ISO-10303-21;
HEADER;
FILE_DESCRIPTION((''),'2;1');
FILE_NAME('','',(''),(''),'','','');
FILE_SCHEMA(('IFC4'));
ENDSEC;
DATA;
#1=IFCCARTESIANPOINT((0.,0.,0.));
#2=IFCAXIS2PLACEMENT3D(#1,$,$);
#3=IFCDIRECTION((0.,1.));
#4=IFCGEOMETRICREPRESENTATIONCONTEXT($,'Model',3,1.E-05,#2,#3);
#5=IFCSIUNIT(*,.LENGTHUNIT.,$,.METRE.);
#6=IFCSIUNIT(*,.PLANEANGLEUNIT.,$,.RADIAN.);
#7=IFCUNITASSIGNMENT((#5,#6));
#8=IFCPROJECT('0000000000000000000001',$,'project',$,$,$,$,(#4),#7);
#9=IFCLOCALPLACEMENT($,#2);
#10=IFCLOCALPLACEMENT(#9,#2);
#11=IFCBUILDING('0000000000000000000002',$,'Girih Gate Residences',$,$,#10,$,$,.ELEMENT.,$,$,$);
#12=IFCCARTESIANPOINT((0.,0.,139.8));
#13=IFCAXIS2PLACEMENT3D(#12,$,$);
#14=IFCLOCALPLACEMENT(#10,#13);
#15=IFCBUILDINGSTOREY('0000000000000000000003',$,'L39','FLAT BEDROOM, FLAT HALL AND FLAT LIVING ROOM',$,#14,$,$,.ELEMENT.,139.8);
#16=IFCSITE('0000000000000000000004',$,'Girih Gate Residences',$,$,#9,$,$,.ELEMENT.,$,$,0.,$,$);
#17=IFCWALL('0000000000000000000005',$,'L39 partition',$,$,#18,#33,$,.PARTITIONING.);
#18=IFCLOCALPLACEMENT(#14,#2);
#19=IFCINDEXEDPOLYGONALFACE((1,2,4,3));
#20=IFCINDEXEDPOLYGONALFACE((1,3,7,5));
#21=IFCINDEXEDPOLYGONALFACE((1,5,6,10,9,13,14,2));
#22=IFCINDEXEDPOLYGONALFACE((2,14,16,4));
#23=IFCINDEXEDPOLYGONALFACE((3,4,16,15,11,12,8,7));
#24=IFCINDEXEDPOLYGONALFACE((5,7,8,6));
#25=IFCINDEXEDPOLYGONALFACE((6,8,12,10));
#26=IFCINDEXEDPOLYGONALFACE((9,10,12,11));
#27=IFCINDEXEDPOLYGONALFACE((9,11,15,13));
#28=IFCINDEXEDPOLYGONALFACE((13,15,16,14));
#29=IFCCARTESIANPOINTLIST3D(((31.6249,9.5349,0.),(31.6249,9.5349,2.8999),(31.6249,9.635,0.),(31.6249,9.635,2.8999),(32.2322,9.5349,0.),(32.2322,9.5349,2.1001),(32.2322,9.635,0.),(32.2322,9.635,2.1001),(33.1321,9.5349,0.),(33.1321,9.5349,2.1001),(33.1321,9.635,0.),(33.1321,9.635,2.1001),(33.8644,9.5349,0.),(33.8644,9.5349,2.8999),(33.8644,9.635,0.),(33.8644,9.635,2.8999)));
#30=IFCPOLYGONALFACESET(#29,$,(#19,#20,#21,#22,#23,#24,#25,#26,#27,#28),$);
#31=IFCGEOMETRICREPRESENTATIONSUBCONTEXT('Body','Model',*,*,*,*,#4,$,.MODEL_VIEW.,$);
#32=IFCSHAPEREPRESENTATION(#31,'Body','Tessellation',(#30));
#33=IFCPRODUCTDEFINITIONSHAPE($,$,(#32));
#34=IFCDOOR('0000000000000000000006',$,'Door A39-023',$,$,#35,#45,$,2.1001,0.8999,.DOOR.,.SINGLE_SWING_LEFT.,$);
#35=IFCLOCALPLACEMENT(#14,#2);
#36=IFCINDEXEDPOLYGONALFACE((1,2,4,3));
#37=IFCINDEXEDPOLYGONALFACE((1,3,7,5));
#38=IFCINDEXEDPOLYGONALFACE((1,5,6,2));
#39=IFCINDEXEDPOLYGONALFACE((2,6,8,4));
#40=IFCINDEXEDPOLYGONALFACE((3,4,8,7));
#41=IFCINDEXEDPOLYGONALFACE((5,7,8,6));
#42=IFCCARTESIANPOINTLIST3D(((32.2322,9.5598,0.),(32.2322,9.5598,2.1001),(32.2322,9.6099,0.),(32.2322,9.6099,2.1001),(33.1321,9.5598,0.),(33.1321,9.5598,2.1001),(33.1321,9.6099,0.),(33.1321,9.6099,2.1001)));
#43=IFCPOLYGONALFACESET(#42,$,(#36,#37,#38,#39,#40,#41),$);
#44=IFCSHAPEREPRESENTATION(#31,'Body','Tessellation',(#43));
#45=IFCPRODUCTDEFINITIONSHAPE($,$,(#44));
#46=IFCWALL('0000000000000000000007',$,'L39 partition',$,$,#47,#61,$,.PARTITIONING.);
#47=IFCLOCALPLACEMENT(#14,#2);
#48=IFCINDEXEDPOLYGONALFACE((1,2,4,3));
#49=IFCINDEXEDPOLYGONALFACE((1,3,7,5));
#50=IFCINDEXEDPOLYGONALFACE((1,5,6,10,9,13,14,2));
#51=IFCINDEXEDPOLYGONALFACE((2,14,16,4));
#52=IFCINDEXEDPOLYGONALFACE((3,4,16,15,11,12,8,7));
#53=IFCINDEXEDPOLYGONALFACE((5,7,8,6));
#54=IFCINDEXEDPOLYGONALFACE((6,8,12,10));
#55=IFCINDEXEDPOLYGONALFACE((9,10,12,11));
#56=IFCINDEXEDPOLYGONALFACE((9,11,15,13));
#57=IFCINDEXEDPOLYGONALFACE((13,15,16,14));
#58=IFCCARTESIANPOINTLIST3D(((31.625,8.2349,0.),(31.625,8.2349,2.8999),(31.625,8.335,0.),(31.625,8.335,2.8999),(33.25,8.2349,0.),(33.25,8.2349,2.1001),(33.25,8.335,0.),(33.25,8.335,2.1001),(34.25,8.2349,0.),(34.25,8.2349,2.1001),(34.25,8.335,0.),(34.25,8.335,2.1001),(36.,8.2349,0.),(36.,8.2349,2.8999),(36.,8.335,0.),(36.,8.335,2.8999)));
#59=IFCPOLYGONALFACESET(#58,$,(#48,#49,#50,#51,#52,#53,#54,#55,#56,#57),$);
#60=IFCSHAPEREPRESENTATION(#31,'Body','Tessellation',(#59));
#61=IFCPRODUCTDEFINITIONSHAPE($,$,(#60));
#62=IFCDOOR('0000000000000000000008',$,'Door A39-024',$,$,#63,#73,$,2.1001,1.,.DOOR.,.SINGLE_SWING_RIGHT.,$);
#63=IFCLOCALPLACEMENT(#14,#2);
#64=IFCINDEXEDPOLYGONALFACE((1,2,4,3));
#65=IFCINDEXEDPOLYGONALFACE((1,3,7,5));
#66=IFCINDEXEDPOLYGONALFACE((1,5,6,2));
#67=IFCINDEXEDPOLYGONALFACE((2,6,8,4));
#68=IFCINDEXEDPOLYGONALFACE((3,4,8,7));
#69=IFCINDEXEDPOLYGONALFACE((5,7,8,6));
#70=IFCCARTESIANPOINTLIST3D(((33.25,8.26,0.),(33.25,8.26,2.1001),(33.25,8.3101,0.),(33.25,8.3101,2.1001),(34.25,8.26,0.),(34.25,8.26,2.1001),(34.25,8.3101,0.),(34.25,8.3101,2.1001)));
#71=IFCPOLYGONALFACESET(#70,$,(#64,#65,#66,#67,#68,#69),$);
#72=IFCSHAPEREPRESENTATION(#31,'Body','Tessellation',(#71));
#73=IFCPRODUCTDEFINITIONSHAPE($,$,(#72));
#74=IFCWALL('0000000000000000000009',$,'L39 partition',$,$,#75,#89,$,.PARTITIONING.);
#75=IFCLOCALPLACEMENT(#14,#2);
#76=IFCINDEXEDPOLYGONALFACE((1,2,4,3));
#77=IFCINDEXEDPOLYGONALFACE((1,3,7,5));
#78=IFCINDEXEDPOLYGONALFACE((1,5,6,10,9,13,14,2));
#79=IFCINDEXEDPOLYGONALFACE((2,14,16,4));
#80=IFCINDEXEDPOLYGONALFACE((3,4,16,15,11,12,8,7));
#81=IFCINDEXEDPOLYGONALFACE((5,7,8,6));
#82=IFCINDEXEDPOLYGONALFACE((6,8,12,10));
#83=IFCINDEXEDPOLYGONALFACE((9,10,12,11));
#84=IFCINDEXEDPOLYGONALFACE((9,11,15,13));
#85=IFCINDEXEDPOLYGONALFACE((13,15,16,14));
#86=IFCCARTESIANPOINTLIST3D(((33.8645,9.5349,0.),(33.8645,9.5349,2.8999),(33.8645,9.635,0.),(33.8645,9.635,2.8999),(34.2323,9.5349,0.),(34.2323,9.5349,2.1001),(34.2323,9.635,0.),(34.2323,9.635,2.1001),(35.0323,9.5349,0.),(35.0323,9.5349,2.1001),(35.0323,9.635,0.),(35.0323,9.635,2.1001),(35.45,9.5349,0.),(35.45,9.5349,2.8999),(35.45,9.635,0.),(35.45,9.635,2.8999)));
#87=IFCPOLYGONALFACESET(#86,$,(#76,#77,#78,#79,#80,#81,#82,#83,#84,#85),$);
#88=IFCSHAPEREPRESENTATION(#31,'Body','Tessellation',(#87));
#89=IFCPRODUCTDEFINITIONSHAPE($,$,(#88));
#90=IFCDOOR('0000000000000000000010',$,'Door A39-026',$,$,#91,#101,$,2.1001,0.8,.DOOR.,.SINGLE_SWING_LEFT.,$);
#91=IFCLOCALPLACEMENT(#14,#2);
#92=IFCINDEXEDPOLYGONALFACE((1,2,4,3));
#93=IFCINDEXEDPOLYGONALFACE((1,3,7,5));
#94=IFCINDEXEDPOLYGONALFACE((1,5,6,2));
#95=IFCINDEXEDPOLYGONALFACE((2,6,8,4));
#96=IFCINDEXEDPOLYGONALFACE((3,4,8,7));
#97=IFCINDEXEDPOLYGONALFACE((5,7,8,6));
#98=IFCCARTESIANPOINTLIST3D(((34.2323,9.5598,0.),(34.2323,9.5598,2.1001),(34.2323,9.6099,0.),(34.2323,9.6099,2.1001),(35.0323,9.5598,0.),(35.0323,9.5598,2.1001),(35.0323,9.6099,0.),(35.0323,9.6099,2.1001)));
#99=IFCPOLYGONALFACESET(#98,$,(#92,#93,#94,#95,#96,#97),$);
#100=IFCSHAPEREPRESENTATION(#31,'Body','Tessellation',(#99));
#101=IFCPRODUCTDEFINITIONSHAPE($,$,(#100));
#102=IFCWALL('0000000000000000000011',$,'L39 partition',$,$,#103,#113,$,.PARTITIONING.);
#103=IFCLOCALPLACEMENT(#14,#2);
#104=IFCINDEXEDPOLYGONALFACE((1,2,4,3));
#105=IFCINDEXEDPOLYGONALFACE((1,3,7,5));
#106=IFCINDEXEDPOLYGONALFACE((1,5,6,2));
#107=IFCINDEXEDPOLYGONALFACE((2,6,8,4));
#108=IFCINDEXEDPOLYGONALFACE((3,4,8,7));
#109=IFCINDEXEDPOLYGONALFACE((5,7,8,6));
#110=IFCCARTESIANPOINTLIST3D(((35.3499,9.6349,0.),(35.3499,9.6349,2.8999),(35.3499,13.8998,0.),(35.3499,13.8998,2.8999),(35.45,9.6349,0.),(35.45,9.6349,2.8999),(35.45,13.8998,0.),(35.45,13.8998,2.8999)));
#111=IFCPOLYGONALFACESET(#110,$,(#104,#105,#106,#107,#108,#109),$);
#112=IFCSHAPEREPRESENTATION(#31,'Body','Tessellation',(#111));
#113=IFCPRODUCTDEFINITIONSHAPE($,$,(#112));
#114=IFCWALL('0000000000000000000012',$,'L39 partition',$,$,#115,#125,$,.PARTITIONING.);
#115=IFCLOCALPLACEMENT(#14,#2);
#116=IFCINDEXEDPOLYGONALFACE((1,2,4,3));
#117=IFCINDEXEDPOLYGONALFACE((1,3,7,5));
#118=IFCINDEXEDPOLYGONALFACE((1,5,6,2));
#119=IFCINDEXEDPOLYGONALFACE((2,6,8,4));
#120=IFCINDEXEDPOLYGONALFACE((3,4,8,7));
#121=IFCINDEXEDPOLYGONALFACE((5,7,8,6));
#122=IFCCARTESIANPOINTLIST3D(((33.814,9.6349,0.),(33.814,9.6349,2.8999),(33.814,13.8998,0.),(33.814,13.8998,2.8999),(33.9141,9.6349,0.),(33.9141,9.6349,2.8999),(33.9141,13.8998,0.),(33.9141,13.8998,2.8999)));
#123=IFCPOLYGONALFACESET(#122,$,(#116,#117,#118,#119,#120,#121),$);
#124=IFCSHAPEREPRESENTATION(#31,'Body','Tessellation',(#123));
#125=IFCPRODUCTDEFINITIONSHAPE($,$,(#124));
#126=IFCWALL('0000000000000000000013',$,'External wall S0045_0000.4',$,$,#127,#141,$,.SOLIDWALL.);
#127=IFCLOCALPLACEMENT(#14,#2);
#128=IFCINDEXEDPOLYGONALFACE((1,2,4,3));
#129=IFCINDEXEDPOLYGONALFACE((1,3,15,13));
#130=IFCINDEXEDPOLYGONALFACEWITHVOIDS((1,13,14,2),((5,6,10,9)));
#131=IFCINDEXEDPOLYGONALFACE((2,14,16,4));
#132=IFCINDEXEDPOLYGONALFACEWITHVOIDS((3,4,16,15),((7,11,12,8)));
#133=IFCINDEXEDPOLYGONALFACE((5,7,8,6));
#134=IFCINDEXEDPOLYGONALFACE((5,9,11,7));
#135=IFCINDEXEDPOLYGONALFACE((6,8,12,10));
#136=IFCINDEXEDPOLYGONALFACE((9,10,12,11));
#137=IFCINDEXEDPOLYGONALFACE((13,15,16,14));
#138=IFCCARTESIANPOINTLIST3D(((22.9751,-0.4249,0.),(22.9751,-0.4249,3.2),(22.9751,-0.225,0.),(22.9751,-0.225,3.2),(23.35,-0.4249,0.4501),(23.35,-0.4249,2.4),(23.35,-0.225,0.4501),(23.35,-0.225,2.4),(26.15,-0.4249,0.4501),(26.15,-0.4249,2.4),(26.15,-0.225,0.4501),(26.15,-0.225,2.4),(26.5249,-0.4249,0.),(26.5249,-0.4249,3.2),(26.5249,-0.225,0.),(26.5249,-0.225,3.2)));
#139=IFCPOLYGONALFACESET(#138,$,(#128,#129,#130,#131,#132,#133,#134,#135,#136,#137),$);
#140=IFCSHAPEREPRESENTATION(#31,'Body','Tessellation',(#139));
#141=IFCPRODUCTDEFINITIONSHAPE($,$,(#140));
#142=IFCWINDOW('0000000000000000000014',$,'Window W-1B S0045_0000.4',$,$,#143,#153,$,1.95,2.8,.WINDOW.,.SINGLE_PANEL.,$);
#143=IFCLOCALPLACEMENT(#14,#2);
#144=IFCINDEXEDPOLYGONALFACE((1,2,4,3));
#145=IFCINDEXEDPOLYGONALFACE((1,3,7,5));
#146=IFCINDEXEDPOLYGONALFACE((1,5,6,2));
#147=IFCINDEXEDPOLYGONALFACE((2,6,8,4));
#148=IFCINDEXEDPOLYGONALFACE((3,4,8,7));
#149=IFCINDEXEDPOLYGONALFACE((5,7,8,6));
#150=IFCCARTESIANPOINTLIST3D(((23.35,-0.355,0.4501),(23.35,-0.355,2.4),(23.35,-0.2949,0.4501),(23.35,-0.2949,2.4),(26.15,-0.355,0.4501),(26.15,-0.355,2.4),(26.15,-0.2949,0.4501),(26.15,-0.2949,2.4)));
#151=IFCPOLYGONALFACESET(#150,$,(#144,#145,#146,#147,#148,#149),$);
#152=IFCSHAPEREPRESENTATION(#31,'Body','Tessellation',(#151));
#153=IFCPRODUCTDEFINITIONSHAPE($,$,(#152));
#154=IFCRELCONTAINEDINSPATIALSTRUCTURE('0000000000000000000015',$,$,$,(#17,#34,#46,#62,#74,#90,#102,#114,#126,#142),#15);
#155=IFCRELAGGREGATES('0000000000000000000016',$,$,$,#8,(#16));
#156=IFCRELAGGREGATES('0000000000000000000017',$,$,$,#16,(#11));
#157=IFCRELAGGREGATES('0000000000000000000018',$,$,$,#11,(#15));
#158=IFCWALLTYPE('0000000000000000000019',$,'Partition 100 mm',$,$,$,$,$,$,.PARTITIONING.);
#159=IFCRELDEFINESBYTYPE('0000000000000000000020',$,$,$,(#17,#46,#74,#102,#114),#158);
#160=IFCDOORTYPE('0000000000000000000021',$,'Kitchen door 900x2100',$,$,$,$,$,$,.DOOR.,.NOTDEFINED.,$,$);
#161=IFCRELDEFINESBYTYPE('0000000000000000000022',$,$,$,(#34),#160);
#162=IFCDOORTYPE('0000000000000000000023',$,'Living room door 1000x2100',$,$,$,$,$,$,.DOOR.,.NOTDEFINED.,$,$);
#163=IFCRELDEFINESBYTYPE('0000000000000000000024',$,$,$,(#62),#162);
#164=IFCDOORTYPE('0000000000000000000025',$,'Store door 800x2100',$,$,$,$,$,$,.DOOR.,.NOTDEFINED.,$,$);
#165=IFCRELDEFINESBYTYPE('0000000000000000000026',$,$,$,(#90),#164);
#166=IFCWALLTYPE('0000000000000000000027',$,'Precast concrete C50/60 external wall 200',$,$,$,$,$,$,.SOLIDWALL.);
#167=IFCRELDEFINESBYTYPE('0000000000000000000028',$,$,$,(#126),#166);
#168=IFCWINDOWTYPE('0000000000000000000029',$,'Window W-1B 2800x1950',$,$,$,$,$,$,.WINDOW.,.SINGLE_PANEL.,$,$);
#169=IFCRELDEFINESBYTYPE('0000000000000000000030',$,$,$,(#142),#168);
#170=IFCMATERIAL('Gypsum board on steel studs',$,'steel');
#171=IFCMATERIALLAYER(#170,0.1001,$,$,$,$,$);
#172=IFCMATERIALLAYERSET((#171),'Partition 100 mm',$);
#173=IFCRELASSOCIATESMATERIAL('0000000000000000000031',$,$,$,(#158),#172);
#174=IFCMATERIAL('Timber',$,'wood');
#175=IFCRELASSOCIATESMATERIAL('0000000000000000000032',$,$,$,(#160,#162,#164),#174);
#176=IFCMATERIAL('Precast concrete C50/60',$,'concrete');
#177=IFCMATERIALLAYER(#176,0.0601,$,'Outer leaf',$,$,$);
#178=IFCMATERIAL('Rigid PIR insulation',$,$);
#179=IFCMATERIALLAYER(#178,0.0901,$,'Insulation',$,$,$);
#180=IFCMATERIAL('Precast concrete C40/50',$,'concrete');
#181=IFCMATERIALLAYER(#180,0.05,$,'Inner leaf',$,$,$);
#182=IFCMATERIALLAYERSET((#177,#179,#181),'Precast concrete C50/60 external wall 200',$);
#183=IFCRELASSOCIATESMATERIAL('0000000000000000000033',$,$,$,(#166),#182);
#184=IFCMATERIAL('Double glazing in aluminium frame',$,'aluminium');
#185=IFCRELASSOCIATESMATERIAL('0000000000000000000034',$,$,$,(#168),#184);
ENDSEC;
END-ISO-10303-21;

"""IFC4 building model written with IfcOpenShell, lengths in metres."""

from ifc_helpers import new_model, si_unit, direction, frame, frame_2d, origin, place, context, subcontext, project, spatial, rectangle, extrude, material, layer, layer_set, type_object, element, fill, save


model = new_model("IFC4")

# Units and contexts
model_context = context("Model", 3, precision=1e-05, world=origin(), true_north=direction((0.0, 1.0)))
body_context = subcontext(model_context, "Body", "Model", "MODEL_VIEW")
ifc_project = project(units=[si_unit("LENGTHUNIT", "METRE"), si_unit("PLANEANGLEUNIT", "RADIAN")], contexts=[model_context])

# Site, building, storey
site_placement = place(None, origin())
site = spatial("IfcSite", under=ifc_project, at=site_placement, Name="Girih Gate Residences", CompositionType="ELEMENT", RefElevation=0.0)
building_placement = place(site_placement, origin())
building = spatial("IfcBuilding", under=site, at=building_placement, Name="Girih Gate Residences", CompositionType="ELEMENT")
storey_placement = place(building_placement, frame((0.0, 0.0, 139.8)))
storey = spatial("IfcBuildingStorey", under=building, at=storey_placement, Name="L39", Description="FLAT BEDROOM, FLAT HALL AND FLAT LIVING ROOM", CompositionType="ELEMENT", Elevation=139.8)

# Shared definitions
ifc_material_1 = material(Name="Gypsum board on steel studs", Category="steel")
ifc_layer_1 = layer(ifc_material_1, 0.1001)
ifc_layer_set_1 = layer_set([ifc_layer_1], Name="Partition 100 mm")
wall_type_1 = type_object("IfcWallType", Name="Partition 100 mm", PredefinedType="PARTITIONING", material=ifc_layer_set_1)

# Walls, openings, doors
wall_1_placement = place(storey_placement, frame((31.625, 9.585, 0.0), z_axis=(0.0, 0.0, 1.0), x_axis=(1.0, 0.0, 0.0)))
wall_1 = element("IfcWall", 1, at=wall_1_placement, inside=storey, type_object=wall_type_1, Name="L39 partition", PredefinedType="PARTITIONING", context=body_context, shape_type="SweptSolid", body=[
    extrude(rectangle(XDim=2.2395, YDim=0.1001, at=frame_2d((1.1196, 0.0))), origin(), (0.0, 0.0, 1.0), 2.8999),
])
opening_1_placement = place(wall_1_placement, frame((0.6072, 0.0, 0.0)))
opening_1 = element("IfcOpeningElement", 2, at=opening_1_placement, cuts=wall_1, PredefinedType="OPENING", context=body_context, shape_type="SweptSolid", body=[
    extrude(rectangle(XDim=0.8999, YDim=2.1001, at=frame_2d((0.45, 1.05))), frame((0.0, 0.0601, 0.0), z_axis=(0.0, -1.0, 0.0), x_axis=(1.0, 0.0, 0.0)), (0.0, 0.0, 1.0), 0.1201),
])
ifc_material_2 = material(Name="Timber", Category="wood")
door_type_1 = type_object("IfcDoorType", Name="Kitchen door 900x2100", OperationType="NOTDEFINED", PredefinedType="DOOR", material=ifc_material_2)
door_1_placement = place(opening_1_placement, origin())
door_1 = element("IfcDoor", 3, at=door_1_placement, inside=storey, type_object=door_type_1, Name="Door A39-023", OperationType="SINGLE_SWING_LEFT", OverallHeight=2.1001, OverallWidth=0.8999, PredefinedType="DOOR", context=body_context, shape_type="SweptSolid", body=[
    extrude(rectangle(XDim=0.8999, YDim=2.1001, at=frame_2d((0.45, 1.05))), frame((0.0, 0.0249, 0.0), z_axis=(0.0, -1.0, 0.0), x_axis=(1.0, 0.0, 0.0)), (0.0, 0.0, 1.0), 0.05),
])
fill(opening_1, door_1)
wall_2_placement = place(storey_placement, frame((36.0, 8.2849, 0.0), z_axis=(0.0, 0.0, 1.0), x_axis=(-1.0, 0.0, 0.0)))
wall_2 = element("IfcWall", 4, at=wall_2_placement, inside=storey, type_object=wall_type_1, Name="L39 partition", PredefinedType="PARTITIONING", context=body_context, shape_type="SweptSolid", body=[
    extrude(rectangle(XDim=4.375, YDim=0.1001, at=frame_2d((2.1875, 0.0))), origin(), (0.0, 0.0, 1.0), 2.8999),
])
opening_2_placement = place(wall_2_placement, frame((1.75, 0.0, 0.0)))
opening_2 = element("IfcOpeningElement", 5, at=opening_2_placement, cuts=wall_2, PredefinedType="OPENING", context=body_context, shape_type="SweptSolid", body=[
    extrude(rectangle(XDim=1.0, YDim=2.1001, at=frame_2d((0.5, 1.05))), frame((0.0, 0.0601, 0.0), z_axis=(0.0, -1.0, 0.0), x_axis=(1.0, 0.0, 0.0)), (0.0, 0.0, 1.0), 0.1201),
])
door_type_2 = type_object("IfcDoorType", Name="Living room door 1000x2100", OperationType="NOTDEFINED", PredefinedType="DOOR", material=ifc_material_2)
door_2_placement = place(opening_2_placement, origin())
door_2 = element("IfcDoor", 6, at=door_2_placement, inside=storey, type_object=door_type_2, Name="Door A39-024", OperationType="SINGLE_SWING_RIGHT", OverallHeight=2.1001, OverallWidth=1.0, PredefinedType="DOOR", context=body_context, shape_type="SweptSolid", body=[
    extrude(rectangle(XDim=1.0, YDim=2.1001, at=frame_2d((0.5, 1.05))), frame((0.0, 0.0249, 0.0), z_axis=(0.0, -1.0, 0.0), x_axis=(1.0, 0.0, 0.0)), (0.0, 0.0, 1.0), 0.05),
])
fill(opening_2, door_2)
wall_3_placement = place(storey_placement, frame((33.8645, 9.585, 0.0), z_axis=(0.0, 0.0, 1.0), x_axis=(1.0, 0.0, 0.0)))
wall_3 = element("IfcWall", 7, at=wall_3_placement, inside=storey, type_object=wall_type_1, Name="L39 partition", PredefinedType="PARTITIONING", context=body_context, shape_type="SweptSolid", body=[
    extrude(rectangle(XDim=1.5854, YDim=0.1001, at=frame_2d((0.7927, 0.0))), origin(), (0.0, 0.0, 1.0), 2.8999),
])
opening_3_placement = place(wall_3_placement, frame((0.3679, 0.0, 0.0)))
opening_3 = element("IfcOpeningElement", 8, at=opening_3_placement, cuts=wall_3, PredefinedType="OPENING", context=body_context, shape_type="SweptSolid", body=[
    extrude(rectangle(XDim=0.8, YDim=2.1001, at=frame_2d((0.3999, 1.05))), frame((0.0, 0.0601, 0.0), z_axis=(0.0, -1.0, 0.0), x_axis=(1.0, 0.0, 0.0)), (0.0, 0.0, 1.0), 0.1201),
])
door_type_3 = type_object("IfcDoorType", Name="Store door 800x2100", OperationType="NOTDEFINED", PredefinedType="DOOR", material=ifc_material_2)
door_3_placement = place(opening_3_placement, origin())
door_3 = element("IfcDoor", 9, at=door_3_placement, inside=storey, type_object=door_type_3, Name="Door A39-026", OperationType="SINGLE_SWING_LEFT", OverallHeight=2.1001, OverallWidth=0.8, PredefinedType="DOOR", context=body_context, shape_type="SweptSolid", body=[
    extrude(rectangle(XDim=0.8, YDim=2.1001, at=frame_2d((0.3999, 1.05))), frame((0.0, 0.0249, 0.0), z_axis=(0.0, -1.0, 0.0), x_axis=(1.0, 0.0, 0.0)), (0.0, 0.0, 1.0), 0.05),
])
fill(opening_3, door_3)

# Walls
for number, where, z_axis, x_axis, name in (
    (10, (35.3999, 9.635, 0.0), (0.0, 0.0, 1.0), (0.0, 1.0, 0.0), "L39 partition"),
    (11, (33.864, 9.635, 0.0), (0.0, 0.0, 1.0), (0.0, 1.0, 0.0), "L39 partition"),
):
    element("IfcWall", number, at=place(storey_placement, frame(where, z_axis=z_axis, x_axis=x_axis)), inside=storey, type_object=wall_type_1, Name=name, PredefinedType="PARTITIONING", context=body_context, shape_type="SweptSolid", body=[
        extrude(rectangle(XDim=4.2649, YDim=0.1001, at=frame_2d((2.1323, 0.0))), origin(), (0.0, 0.0, 1.0), 2.8999),
    ])

# Wall, opening, window
ifc_material_3 = material(Name="Precast concrete C50/60", Category="concrete")
ifc_layer_2 = layer(ifc_material_3, 0.0601, Name="Outer leaf")
ifc_material_4 = material(Name="Rigid PIR insulation")
ifc_layer_3 = layer(ifc_material_4, 0.0901, Name="Insulation")
ifc_material_5 = material(Name="Precast concrete C40/50", Category="concrete")
ifc_layer_4 = layer(ifc_material_5, 0.05, Name="Inner leaf")
ifc_layer_set_2 = layer_set([ifc_layer_2, ifc_layer_3, ifc_layer_4], Name="Precast concrete C50/60 external wall 200")
wall_type_2 = type_object("IfcWallType", Name="Precast concrete C50/60 external wall 200", PredefinedType="SOLIDWALL", material=ifc_layer_set_2)
wall_4_placement = place(storey_placement, frame((26.5249, -0.325, 0.0), z_axis=(0.0, 0.0, 1.0), x_axis=(-1.0, 0.0, 0.0)))
wall_4 = element("IfcWall", 12, at=wall_4_placement, inside=storey, type_object=wall_type_2, Name="External wall S0045_0000.4", PredefinedType="SOLIDWALL", context=body_context, shape_type="SweptSolid", body=[
    extrude(rectangle(XDim=3.5498, YDim=0.2, at=frame_2d((1.7749, 0.0))), origin(), (0.0, 0.0, 1.0), 3.2),
])
opening_4_placement = place(wall_4_placement, frame((0.375, 0.0, 0.45)))
opening_4 = element("IfcOpeningElement", 13, at=opening_4_placement, cuts=wall_4, PredefinedType="OPENING", context=body_context, shape_type="SweptSolid", body=[
    extrude(rectangle(XDim=2.8, YDim=1.95, at=frame_2d((1.3999, 0.9751))), frame((0.0, 0.1099, 0.0), z_axis=(0.0, -1.0, 0.0), x_axis=(1.0, 0.0, 0.0)), (0.0, 0.0, 1.0), 0.22),
])
ifc_material_6 = material(Name="Double glazing in aluminium frame", Category="aluminium")
window_type = type_object("IfcWindowType", Name="Window W-1B 2800x1950", PartitioningType="SINGLE_PANEL", PredefinedType="WINDOW", material=ifc_material_6)
window_1_placement = place(opening_4_placement, origin())
window_1 = element("IfcWindow", 14, at=window_1_placement, inside=storey, type_object=window_type, Name="Window W-1B S0045_0000.4", OverallHeight=1.95, OverallWidth=2.8, PartitioningType="SINGLE_PANEL", PredefinedType="WINDOW", context=body_context, shape_type="SweptSolid", body=[
    extrude(rectangle(XDim=2.8, YDim=1.95, at=frame_2d((1.3999, 0.9751))), frame((0.0, 0.03, 0.0), z_axis=(0.0, -1.0, 0.0), x_axis=(1.0, 0.0, 0.0)), (0.0, 0.0, 1.0), 0.0601),
])
fill(opening_4, window_1)

save(model, "model.ifc")
